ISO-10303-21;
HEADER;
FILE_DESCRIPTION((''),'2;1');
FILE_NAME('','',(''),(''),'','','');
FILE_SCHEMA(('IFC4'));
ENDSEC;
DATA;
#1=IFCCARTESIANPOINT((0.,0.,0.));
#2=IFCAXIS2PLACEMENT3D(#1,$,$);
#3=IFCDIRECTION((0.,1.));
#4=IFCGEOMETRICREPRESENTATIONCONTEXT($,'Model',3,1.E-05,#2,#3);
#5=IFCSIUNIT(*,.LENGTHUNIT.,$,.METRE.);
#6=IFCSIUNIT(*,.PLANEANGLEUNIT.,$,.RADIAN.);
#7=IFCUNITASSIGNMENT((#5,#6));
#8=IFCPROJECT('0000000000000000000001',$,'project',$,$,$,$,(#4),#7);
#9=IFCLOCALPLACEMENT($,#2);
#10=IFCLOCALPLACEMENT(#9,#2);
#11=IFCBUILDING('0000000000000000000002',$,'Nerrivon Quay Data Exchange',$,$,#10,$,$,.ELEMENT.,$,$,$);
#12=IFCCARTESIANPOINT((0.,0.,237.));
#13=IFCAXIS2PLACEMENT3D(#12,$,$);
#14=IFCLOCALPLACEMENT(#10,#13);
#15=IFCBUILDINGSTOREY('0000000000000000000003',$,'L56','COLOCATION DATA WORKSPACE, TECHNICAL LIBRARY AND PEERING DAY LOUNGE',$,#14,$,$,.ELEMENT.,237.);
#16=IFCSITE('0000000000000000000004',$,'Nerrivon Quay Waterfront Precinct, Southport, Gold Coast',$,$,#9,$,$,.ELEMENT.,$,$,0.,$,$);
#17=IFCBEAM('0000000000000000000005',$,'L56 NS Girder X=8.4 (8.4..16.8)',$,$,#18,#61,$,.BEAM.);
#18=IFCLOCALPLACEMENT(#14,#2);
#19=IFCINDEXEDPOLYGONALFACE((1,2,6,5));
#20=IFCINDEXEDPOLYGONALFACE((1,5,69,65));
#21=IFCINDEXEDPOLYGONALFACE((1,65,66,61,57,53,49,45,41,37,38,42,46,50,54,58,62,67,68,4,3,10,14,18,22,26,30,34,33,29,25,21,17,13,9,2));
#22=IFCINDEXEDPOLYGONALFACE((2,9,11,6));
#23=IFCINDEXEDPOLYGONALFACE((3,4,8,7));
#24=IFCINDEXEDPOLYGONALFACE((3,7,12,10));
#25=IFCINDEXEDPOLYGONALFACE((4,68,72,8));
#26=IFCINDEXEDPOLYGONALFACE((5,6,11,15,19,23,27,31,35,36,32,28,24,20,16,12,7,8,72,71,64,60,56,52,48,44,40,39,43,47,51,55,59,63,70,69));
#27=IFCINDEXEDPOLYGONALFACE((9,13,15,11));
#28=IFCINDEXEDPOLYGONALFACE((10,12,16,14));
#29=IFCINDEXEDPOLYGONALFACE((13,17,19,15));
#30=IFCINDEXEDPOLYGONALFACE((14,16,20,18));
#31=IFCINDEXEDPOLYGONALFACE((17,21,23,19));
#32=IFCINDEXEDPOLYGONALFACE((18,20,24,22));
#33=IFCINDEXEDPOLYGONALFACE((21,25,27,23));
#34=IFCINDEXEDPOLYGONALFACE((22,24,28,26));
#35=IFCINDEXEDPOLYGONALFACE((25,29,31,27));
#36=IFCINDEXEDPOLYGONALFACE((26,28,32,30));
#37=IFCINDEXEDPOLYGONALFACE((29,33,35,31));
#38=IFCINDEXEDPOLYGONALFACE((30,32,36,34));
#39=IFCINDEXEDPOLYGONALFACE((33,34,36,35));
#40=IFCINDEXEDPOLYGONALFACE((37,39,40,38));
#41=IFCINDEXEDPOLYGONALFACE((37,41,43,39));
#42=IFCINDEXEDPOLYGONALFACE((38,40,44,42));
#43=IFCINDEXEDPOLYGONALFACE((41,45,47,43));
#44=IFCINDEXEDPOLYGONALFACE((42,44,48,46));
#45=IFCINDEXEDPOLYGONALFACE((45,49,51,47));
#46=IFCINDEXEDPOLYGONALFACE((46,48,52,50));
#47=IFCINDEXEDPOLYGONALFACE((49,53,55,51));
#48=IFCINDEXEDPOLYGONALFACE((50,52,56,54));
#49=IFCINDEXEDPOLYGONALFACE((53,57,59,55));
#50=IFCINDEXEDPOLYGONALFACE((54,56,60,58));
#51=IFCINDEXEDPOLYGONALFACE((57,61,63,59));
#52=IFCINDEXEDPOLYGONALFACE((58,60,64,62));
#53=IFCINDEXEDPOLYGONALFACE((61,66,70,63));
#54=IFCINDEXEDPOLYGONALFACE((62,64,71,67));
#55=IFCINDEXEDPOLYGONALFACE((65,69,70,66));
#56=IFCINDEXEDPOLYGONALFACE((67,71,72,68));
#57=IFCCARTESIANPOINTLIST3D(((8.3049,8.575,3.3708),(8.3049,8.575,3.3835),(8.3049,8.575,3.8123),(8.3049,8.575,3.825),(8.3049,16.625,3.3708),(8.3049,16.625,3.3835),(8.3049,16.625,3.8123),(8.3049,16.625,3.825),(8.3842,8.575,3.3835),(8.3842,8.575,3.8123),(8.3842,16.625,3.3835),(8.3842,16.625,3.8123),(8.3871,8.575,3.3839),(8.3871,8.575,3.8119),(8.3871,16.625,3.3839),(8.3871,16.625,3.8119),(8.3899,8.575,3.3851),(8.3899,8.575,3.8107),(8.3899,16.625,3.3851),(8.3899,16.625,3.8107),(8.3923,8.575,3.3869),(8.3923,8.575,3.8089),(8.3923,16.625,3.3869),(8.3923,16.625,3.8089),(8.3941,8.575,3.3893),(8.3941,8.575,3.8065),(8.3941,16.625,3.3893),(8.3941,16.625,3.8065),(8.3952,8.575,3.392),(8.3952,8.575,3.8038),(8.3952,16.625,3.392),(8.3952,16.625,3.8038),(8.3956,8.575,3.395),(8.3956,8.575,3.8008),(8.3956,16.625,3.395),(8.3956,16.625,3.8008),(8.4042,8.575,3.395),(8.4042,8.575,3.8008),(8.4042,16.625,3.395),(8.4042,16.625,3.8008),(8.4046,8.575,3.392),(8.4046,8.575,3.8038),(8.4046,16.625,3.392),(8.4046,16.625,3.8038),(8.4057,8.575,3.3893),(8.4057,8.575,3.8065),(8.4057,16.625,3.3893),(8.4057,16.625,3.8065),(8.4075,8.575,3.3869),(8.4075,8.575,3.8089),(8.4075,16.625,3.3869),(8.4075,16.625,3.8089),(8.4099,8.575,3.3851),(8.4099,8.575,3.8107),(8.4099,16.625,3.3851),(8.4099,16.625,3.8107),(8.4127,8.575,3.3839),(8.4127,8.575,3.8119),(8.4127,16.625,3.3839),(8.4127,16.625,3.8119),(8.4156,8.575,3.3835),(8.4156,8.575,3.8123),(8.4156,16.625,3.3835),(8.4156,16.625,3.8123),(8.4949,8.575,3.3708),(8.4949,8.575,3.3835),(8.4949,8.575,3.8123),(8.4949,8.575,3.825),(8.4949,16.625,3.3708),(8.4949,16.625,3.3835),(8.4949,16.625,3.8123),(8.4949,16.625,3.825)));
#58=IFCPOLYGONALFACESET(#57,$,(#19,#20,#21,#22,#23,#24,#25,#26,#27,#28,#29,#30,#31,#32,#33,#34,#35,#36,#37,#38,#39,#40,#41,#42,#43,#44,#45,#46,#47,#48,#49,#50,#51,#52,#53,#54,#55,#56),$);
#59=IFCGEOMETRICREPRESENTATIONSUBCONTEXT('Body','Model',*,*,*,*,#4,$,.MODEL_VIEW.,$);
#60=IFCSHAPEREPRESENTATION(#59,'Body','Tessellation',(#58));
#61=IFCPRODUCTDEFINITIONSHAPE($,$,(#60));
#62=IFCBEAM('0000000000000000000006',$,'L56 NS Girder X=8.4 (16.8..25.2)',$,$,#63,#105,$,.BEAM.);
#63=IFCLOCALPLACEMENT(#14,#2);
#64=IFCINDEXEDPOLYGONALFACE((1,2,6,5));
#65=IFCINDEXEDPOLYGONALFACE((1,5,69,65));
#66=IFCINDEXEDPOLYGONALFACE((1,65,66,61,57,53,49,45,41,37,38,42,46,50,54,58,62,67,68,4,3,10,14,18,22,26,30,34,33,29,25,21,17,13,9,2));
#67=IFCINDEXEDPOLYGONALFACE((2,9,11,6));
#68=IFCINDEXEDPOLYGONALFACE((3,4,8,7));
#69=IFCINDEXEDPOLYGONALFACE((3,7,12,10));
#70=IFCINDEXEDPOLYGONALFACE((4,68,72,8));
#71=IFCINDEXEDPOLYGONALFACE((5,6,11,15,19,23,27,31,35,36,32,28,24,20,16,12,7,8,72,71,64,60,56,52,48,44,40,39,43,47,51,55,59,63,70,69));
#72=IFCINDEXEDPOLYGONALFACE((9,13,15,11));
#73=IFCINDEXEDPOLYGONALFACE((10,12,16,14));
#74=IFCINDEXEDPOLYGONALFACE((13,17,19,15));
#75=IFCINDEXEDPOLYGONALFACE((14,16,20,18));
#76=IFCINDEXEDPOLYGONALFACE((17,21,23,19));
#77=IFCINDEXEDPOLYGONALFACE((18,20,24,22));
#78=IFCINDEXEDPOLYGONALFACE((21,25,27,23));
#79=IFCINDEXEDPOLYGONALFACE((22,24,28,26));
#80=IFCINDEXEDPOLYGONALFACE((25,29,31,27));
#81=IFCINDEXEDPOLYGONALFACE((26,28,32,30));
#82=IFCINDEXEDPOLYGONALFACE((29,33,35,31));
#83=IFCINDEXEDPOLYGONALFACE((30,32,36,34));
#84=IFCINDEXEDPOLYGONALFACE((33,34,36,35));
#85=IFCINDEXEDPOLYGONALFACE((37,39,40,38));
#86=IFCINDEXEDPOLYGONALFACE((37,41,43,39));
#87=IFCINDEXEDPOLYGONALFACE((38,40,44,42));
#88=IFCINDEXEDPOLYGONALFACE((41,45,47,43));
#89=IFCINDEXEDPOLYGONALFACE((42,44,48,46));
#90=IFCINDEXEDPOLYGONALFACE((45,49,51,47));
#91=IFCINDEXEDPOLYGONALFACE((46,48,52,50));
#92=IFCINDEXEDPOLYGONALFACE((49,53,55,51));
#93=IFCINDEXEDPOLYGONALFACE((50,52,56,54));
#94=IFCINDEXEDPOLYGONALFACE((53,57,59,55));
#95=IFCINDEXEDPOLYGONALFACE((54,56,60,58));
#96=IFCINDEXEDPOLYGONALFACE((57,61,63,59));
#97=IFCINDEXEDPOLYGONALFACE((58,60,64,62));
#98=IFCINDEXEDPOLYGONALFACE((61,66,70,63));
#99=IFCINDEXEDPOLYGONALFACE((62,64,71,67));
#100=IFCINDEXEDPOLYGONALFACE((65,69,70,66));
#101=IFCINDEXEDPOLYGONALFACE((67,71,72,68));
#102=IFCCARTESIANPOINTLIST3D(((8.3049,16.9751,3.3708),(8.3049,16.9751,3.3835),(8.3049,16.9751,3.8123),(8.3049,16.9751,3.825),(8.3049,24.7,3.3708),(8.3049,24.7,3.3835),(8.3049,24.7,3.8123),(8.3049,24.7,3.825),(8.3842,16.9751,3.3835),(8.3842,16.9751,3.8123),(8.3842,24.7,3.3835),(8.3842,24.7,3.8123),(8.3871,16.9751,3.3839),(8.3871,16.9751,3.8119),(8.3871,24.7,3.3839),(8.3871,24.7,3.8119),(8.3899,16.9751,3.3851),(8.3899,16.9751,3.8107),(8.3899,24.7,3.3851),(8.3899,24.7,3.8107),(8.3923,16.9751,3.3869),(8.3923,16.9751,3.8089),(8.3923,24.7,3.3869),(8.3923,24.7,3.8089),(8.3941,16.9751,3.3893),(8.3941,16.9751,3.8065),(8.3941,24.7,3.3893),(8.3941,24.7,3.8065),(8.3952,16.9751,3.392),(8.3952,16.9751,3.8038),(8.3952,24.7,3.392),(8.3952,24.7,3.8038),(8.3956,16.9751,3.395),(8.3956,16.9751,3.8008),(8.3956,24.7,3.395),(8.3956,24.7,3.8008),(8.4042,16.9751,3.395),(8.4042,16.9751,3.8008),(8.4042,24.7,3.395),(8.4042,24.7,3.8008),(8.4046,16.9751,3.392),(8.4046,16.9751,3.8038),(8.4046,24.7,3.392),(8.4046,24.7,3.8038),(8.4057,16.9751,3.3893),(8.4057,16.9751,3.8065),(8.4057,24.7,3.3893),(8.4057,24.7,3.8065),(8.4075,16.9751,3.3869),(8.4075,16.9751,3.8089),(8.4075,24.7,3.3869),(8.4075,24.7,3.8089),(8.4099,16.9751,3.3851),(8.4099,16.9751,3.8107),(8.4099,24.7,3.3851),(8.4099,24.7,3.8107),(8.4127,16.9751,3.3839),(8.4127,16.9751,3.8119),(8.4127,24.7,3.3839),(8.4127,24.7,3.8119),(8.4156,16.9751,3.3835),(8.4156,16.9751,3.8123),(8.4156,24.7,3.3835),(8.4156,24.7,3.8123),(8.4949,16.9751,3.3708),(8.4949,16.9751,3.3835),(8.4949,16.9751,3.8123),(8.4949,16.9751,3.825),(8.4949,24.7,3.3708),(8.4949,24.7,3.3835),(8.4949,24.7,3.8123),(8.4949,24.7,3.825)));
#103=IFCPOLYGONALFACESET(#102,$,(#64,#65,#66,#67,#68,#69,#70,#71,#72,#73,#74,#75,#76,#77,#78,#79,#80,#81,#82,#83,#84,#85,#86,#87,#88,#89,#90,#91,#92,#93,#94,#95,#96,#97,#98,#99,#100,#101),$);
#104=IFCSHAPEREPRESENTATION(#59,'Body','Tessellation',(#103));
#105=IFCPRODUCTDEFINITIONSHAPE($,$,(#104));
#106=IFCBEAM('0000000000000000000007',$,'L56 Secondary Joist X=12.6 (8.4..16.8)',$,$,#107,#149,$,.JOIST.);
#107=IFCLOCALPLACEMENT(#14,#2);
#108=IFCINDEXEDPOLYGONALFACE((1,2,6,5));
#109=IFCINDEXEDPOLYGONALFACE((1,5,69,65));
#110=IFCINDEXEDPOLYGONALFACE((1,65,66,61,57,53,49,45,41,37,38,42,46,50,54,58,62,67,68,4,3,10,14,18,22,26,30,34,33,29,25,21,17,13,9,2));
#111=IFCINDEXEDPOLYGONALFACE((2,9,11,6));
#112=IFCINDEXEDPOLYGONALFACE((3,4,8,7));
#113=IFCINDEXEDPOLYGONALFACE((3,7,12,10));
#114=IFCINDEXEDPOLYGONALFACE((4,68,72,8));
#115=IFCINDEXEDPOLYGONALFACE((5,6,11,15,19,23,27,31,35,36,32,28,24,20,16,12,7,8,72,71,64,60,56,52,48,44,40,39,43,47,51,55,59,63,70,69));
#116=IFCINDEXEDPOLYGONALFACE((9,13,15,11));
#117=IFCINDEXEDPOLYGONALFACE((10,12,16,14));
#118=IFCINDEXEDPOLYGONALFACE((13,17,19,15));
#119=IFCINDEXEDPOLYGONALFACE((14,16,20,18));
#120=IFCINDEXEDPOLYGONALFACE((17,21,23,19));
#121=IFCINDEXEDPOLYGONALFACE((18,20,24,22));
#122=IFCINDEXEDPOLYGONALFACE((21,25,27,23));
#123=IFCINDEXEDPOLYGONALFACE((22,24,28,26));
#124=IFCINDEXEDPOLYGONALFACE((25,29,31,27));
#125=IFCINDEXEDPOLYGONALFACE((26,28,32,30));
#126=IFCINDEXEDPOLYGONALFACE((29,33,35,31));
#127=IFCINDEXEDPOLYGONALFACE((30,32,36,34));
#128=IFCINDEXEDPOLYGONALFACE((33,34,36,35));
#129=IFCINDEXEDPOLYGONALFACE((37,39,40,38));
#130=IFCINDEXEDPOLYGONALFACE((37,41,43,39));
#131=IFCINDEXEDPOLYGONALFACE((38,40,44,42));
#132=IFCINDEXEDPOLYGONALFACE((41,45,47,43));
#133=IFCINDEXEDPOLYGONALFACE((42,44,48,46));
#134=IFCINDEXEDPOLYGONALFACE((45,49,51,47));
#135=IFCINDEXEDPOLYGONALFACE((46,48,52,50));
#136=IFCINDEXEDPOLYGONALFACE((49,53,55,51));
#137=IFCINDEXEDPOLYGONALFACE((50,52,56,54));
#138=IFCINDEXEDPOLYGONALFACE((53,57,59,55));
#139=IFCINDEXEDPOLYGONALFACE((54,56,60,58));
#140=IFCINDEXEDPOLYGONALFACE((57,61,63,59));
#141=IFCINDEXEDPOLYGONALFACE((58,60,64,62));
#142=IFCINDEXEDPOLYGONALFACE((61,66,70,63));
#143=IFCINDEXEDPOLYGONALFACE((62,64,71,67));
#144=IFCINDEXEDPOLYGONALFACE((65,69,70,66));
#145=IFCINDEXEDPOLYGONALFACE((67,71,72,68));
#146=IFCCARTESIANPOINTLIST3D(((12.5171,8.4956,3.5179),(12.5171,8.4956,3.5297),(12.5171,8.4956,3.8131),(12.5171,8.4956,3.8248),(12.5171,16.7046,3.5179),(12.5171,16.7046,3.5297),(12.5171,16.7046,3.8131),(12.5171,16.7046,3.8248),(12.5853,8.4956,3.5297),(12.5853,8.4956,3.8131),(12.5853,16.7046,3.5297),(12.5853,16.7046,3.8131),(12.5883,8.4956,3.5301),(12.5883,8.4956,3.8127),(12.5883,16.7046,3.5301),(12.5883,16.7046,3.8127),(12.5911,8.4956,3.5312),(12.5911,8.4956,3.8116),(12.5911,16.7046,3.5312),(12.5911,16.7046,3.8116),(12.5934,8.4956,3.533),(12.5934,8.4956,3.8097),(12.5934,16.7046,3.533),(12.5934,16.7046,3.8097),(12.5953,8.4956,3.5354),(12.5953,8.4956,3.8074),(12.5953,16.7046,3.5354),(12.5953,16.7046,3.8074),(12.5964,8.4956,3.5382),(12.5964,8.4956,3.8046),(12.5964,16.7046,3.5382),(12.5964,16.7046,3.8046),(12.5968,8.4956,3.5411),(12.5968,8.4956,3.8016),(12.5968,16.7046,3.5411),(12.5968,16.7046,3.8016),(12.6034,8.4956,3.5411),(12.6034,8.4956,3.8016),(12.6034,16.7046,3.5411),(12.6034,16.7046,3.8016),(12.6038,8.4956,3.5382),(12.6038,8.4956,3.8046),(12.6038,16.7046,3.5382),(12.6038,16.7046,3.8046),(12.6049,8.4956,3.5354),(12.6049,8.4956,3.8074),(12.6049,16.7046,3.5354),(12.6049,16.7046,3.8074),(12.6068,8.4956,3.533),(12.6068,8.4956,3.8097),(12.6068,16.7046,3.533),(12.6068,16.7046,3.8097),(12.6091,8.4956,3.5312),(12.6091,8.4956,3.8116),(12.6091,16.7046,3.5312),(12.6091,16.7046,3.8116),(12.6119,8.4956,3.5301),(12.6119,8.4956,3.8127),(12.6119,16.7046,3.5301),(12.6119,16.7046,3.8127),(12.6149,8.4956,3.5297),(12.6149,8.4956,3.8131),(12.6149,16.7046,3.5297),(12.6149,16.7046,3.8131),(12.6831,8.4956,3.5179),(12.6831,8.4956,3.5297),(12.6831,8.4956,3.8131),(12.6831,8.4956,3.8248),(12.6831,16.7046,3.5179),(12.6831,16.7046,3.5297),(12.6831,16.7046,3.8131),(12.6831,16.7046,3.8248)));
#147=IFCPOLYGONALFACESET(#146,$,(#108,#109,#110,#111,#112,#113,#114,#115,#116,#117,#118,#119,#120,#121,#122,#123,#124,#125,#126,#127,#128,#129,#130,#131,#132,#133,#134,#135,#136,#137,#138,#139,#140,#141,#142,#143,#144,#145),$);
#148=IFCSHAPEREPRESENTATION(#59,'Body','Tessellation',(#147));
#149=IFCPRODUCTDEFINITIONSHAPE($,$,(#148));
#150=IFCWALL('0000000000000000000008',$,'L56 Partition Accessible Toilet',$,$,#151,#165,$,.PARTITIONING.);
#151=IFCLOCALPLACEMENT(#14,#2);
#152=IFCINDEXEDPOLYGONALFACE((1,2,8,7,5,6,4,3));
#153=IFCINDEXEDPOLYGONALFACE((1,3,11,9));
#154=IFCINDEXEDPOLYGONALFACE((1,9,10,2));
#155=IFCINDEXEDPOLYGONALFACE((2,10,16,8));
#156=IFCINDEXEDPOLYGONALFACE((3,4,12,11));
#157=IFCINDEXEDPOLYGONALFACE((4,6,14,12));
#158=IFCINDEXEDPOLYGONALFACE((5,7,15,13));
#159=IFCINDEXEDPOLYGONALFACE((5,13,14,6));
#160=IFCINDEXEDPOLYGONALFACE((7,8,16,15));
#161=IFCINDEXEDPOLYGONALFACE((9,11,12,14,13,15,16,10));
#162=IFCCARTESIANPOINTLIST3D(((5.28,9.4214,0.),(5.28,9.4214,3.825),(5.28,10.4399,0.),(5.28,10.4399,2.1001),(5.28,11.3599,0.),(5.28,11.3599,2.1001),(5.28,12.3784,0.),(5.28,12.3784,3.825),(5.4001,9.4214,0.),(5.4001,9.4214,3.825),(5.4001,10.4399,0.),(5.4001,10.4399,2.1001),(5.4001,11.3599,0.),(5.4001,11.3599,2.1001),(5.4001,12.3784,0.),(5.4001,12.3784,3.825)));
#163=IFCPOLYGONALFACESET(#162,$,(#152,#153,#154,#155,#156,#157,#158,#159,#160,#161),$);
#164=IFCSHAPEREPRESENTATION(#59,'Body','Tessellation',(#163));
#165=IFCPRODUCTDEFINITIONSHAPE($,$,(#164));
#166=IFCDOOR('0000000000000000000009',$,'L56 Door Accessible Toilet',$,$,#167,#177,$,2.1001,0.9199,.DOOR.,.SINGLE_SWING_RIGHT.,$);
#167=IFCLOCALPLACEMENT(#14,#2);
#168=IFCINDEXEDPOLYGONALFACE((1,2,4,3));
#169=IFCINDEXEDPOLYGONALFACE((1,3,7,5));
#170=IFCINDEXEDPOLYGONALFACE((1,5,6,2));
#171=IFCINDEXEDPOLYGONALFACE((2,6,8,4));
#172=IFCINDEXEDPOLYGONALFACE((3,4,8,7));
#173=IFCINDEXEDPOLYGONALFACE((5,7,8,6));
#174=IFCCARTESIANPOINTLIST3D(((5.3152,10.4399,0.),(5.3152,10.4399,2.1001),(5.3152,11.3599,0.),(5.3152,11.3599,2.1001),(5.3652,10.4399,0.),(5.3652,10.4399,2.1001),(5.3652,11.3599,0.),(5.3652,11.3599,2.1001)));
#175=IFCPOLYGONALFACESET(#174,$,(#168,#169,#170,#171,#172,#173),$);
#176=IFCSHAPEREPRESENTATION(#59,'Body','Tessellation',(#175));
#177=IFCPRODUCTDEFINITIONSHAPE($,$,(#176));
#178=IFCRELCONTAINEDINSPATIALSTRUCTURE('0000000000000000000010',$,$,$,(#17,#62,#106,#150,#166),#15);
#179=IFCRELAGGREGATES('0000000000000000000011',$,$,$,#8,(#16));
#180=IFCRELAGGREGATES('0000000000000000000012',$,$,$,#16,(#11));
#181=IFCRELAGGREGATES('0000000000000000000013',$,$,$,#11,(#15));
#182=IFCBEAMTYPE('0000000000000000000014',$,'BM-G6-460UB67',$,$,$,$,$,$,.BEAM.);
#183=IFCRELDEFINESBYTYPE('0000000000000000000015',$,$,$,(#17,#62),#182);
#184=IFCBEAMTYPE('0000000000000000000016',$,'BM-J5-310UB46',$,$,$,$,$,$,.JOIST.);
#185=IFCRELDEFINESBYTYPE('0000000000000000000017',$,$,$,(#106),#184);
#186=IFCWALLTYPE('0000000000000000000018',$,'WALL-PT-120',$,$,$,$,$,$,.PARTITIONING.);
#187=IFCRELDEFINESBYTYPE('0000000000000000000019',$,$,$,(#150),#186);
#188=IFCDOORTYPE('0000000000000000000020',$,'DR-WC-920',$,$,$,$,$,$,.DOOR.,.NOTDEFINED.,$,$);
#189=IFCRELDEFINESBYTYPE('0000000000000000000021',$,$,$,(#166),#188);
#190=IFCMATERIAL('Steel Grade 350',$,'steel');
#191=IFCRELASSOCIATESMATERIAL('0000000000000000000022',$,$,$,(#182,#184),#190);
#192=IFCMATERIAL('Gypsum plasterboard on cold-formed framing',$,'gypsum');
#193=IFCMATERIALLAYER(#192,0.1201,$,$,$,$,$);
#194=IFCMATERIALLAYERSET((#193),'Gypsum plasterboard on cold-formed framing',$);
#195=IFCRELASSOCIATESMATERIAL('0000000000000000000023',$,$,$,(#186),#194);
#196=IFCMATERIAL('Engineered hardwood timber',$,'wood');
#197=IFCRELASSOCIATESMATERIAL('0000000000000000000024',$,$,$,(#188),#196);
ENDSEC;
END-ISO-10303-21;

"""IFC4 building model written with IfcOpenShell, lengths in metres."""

from ifc_helpers import new_model, si_unit, direction, frame, frame_2d, origin, origin_2d, place, context, subcontext, project, spatial, rectangle, i_section, extrude, material, layer, layer_set, material_profile, profile_set, type_object, element, fill, save


model = new_model("IFC4")

# Units and contexts
model_context = context("Model", 3, precision=1e-05, world=origin(), true_north=direction((0.0, 1.0)))
body_context = subcontext(model_context, "Body", "Model", "MODEL_VIEW")
ifc_project = project(units=[si_unit("LENGTHUNIT", "METRE"), si_unit("PLANEANGLEUNIT", "RADIAN")], contexts=[model_context])

# Site, building, storey
site_placement = place(None, origin())
site = spatial("IfcSite", under=ifc_project, at=site_placement, Name="Nerrivon Quay Waterfront Precinct, Southport, Gold Coast", CompositionType="ELEMENT", RefElevation=0.0)
building_placement = place(site_placement, origin())
building = spatial("IfcBuilding", under=site, at=building_placement, Name="Nerrivon Quay Data Exchange", CompositionType="ELEMENT")
storey_placement = place(building_placement, frame((0.0, 0.0, 237.0)))
storey = spatial("IfcBuildingStorey", under=building, at=storey_placement, Name="L56", Description="COLOCATION DATA WORKSPACE, TECHNICAL LIBRARY AND PEERING DAY LOUNGE", CompositionType="ELEMENT", Elevation=237.0)

# Shared definitions
ifc_material_1 = material(Name="Steel Grade 350", Category="steel")

# Beams
ifc_material_profile_1 = material_profile(ifc_material_1, i_section(OverallWidth=0.1899, OverallDepth=0.4541, WebThickness=0.0085, FlangeThickness=0.0127, FilletRadius=0.0115, at=origin_2d()), Name="460UB67.1")
ifc_profile_set_1 = profile_set([ifc_material_profile_1], Name="Steel Grade 350")
beam_type_1 = type_object("IfcBeamType", Name="BM-G6-460UB67", PredefinedType="BEAM", material=ifc_profile_set_1)
beam_1_placement = place(storey_placement, frame((8.3999, 8.575, 3.5979), z_axis=(0.0, 1.0, 0.0), x_axis=(-1.0, 0.0, 0.0)))
element("IfcBeam", 1, at=beam_1_placement, inside=storey, type_object=beam_type_1, Name="L56 NS Girder X=8.4 (8.4..16.8)", PredefinedType="BEAM", context=body_context, shape_type="SweptSolid", body=[
    extrude(i_section(OverallWidth=0.1899, OverallDepth=0.4541, WebThickness=0.0085, FlangeThickness=0.0127, FilletRadius=0.0115, at=origin_2d()), origin(), (0.0, 0.0, 1.0), 8.05),
])
beam_2_placement = place(storey_placement, frame((8.3999, 16.9751, 3.5979), z_axis=(0.0, 1.0, 0.0), x_axis=(-1.0, 0.0, 0.0)))
element("IfcBeam", 2, at=beam_2_placement, inside=storey, type_object=beam_type_1, Name="L56 NS Girder X=8.4 (16.8..25.2)", PredefinedType="BEAM", context=body_context, shape_type="SweptSolid", body=[
    extrude(i_section(OverallWidth=0.1899, OverallDepth=0.4541, WebThickness=0.0085, FlangeThickness=0.0127, FilletRadius=0.0115, at=origin_2d()), origin(), (0.0, 0.0, 1.0), 7.7249),
])
ifc_material_profile_2 = material_profile(ifc_material_1, i_section(OverallWidth=0.166, OverallDepth=0.3069, WebThickness=0.0066, FlangeThickness=0.0117, FilletRadius=0.0115, at=origin_2d()), Name="310UB46.2")
ifc_profile_set_2 = profile_set([ifc_material_profile_2], Name="Steel Grade 350")
beam_type_2 = type_object("IfcBeamType", Name="BM-J5-310UB46", PredefinedType="JOIST", material=ifc_profile_set_2)
beam_3_placement = place(storey_placement, frame((12.6001, 8.4956, 3.6714), z_axis=(0.0, 1.0, 0.0), x_axis=(-1.0, 0.0, 0.0)))
element("IfcBeam", 3, at=beam_3_placement, inside=storey, type_object=beam_type_2, Name="L56 Secondary Joist X=12.6 (8.4..16.8)", PredefinedType="JOIST", context=body_context, shape_type="SweptSolid", body=[
    extrude(i_section(OverallWidth=0.166, OverallDepth=0.3069, WebThickness=0.0066, FlangeThickness=0.0117, FilletRadius=0.0115, at=origin_2d()), origin(), (0.0, 0.0, 1.0), 8.209),
])

# Wall, opening, door
ifc_material_2 = material(Name="Gypsum plasterboard on cold-formed framing", Category="gypsum")
ifc_layer_1 = layer(ifc_material_2, 0.1201)
ifc_layer_set_1 = layer_set([ifc_layer_1], Name="Gypsum plasterboard on cold-formed framing")
wall_type_1 = type_object("IfcWallType", Name="WALL-PT-120", PredefinedType="PARTITIONING", material=ifc_layer_set_1)
wall_1_placement = place(storey_placement, frame((5.3401, 9.4214, 0.0), z_axis=(0.0, 0.0, 1.0), x_axis=(0.0, 1.0, 0.0)))
wall_1 = element("IfcWall", 4, at=wall_1_placement, inside=storey, type_object=wall_type_1, Name="L56 Partition Accessible Toilet", PredefinedType="PARTITIONING", context=body_context, shape_type="SweptSolid", body=[
    extrude(rectangle(XDim=2.957, YDim=0.1201, at=frame_2d((1.4785, 0.0))), origin(), (0.0, 0.0, 1.0), 3.825),
])
opening_1_placement = place(wall_1_placement, frame((1.0186, 0.0, 0.0)))
opening_1 = element("IfcOpeningElement", 5, at=opening_1_placement, cuts=wall_1, PredefinedType="OPENING", context=body_context, shape_type="SweptSolid", body=[
    extrude(rectangle(XDim=0.9199, YDim=2.1001, at=frame_2d((0.46, 1.05))), frame((0.0, 0.0701, 0.0), z_axis=(0.0, -1.0, 0.0), x_axis=(1.0, 0.0, 0.0)), (0.0, 0.0, 1.0), 0.1401),
])
ifc_material_3 = material(Name="Engineered hardwood timber", Category="wood")
door_type_1 = type_object("IfcDoorType", Name="DR-WC-920", OperationType="NOTDEFINED", PredefinedType="DOOR", material=ifc_material_3)
door_1_placement = place(opening_1_placement, origin())
door_1 = element("IfcDoor", 6, at=door_1_placement, inside=storey, type_object=door_type_1, Name="L56 Door Accessible Toilet", OperationType="SINGLE_SWING_RIGHT", OverallHeight=2.1001, OverallWidth=0.9199, PredefinedType="DOOR", context=body_context, shape_type="SweptSolid", body=[
    extrude(rectangle(XDim=0.9199, YDim=2.1001, at=frame_2d((0.46, 1.05))), frame((0.0, 0.0249, 0.0), z_axis=(0.0, -1.0, 0.0), x_axis=(1.0, 0.0, 0.0)), (0.0, 0.0, 1.0), 0.05),
])
fill(opening_1, door_1)

save(model, "model.ifc")
